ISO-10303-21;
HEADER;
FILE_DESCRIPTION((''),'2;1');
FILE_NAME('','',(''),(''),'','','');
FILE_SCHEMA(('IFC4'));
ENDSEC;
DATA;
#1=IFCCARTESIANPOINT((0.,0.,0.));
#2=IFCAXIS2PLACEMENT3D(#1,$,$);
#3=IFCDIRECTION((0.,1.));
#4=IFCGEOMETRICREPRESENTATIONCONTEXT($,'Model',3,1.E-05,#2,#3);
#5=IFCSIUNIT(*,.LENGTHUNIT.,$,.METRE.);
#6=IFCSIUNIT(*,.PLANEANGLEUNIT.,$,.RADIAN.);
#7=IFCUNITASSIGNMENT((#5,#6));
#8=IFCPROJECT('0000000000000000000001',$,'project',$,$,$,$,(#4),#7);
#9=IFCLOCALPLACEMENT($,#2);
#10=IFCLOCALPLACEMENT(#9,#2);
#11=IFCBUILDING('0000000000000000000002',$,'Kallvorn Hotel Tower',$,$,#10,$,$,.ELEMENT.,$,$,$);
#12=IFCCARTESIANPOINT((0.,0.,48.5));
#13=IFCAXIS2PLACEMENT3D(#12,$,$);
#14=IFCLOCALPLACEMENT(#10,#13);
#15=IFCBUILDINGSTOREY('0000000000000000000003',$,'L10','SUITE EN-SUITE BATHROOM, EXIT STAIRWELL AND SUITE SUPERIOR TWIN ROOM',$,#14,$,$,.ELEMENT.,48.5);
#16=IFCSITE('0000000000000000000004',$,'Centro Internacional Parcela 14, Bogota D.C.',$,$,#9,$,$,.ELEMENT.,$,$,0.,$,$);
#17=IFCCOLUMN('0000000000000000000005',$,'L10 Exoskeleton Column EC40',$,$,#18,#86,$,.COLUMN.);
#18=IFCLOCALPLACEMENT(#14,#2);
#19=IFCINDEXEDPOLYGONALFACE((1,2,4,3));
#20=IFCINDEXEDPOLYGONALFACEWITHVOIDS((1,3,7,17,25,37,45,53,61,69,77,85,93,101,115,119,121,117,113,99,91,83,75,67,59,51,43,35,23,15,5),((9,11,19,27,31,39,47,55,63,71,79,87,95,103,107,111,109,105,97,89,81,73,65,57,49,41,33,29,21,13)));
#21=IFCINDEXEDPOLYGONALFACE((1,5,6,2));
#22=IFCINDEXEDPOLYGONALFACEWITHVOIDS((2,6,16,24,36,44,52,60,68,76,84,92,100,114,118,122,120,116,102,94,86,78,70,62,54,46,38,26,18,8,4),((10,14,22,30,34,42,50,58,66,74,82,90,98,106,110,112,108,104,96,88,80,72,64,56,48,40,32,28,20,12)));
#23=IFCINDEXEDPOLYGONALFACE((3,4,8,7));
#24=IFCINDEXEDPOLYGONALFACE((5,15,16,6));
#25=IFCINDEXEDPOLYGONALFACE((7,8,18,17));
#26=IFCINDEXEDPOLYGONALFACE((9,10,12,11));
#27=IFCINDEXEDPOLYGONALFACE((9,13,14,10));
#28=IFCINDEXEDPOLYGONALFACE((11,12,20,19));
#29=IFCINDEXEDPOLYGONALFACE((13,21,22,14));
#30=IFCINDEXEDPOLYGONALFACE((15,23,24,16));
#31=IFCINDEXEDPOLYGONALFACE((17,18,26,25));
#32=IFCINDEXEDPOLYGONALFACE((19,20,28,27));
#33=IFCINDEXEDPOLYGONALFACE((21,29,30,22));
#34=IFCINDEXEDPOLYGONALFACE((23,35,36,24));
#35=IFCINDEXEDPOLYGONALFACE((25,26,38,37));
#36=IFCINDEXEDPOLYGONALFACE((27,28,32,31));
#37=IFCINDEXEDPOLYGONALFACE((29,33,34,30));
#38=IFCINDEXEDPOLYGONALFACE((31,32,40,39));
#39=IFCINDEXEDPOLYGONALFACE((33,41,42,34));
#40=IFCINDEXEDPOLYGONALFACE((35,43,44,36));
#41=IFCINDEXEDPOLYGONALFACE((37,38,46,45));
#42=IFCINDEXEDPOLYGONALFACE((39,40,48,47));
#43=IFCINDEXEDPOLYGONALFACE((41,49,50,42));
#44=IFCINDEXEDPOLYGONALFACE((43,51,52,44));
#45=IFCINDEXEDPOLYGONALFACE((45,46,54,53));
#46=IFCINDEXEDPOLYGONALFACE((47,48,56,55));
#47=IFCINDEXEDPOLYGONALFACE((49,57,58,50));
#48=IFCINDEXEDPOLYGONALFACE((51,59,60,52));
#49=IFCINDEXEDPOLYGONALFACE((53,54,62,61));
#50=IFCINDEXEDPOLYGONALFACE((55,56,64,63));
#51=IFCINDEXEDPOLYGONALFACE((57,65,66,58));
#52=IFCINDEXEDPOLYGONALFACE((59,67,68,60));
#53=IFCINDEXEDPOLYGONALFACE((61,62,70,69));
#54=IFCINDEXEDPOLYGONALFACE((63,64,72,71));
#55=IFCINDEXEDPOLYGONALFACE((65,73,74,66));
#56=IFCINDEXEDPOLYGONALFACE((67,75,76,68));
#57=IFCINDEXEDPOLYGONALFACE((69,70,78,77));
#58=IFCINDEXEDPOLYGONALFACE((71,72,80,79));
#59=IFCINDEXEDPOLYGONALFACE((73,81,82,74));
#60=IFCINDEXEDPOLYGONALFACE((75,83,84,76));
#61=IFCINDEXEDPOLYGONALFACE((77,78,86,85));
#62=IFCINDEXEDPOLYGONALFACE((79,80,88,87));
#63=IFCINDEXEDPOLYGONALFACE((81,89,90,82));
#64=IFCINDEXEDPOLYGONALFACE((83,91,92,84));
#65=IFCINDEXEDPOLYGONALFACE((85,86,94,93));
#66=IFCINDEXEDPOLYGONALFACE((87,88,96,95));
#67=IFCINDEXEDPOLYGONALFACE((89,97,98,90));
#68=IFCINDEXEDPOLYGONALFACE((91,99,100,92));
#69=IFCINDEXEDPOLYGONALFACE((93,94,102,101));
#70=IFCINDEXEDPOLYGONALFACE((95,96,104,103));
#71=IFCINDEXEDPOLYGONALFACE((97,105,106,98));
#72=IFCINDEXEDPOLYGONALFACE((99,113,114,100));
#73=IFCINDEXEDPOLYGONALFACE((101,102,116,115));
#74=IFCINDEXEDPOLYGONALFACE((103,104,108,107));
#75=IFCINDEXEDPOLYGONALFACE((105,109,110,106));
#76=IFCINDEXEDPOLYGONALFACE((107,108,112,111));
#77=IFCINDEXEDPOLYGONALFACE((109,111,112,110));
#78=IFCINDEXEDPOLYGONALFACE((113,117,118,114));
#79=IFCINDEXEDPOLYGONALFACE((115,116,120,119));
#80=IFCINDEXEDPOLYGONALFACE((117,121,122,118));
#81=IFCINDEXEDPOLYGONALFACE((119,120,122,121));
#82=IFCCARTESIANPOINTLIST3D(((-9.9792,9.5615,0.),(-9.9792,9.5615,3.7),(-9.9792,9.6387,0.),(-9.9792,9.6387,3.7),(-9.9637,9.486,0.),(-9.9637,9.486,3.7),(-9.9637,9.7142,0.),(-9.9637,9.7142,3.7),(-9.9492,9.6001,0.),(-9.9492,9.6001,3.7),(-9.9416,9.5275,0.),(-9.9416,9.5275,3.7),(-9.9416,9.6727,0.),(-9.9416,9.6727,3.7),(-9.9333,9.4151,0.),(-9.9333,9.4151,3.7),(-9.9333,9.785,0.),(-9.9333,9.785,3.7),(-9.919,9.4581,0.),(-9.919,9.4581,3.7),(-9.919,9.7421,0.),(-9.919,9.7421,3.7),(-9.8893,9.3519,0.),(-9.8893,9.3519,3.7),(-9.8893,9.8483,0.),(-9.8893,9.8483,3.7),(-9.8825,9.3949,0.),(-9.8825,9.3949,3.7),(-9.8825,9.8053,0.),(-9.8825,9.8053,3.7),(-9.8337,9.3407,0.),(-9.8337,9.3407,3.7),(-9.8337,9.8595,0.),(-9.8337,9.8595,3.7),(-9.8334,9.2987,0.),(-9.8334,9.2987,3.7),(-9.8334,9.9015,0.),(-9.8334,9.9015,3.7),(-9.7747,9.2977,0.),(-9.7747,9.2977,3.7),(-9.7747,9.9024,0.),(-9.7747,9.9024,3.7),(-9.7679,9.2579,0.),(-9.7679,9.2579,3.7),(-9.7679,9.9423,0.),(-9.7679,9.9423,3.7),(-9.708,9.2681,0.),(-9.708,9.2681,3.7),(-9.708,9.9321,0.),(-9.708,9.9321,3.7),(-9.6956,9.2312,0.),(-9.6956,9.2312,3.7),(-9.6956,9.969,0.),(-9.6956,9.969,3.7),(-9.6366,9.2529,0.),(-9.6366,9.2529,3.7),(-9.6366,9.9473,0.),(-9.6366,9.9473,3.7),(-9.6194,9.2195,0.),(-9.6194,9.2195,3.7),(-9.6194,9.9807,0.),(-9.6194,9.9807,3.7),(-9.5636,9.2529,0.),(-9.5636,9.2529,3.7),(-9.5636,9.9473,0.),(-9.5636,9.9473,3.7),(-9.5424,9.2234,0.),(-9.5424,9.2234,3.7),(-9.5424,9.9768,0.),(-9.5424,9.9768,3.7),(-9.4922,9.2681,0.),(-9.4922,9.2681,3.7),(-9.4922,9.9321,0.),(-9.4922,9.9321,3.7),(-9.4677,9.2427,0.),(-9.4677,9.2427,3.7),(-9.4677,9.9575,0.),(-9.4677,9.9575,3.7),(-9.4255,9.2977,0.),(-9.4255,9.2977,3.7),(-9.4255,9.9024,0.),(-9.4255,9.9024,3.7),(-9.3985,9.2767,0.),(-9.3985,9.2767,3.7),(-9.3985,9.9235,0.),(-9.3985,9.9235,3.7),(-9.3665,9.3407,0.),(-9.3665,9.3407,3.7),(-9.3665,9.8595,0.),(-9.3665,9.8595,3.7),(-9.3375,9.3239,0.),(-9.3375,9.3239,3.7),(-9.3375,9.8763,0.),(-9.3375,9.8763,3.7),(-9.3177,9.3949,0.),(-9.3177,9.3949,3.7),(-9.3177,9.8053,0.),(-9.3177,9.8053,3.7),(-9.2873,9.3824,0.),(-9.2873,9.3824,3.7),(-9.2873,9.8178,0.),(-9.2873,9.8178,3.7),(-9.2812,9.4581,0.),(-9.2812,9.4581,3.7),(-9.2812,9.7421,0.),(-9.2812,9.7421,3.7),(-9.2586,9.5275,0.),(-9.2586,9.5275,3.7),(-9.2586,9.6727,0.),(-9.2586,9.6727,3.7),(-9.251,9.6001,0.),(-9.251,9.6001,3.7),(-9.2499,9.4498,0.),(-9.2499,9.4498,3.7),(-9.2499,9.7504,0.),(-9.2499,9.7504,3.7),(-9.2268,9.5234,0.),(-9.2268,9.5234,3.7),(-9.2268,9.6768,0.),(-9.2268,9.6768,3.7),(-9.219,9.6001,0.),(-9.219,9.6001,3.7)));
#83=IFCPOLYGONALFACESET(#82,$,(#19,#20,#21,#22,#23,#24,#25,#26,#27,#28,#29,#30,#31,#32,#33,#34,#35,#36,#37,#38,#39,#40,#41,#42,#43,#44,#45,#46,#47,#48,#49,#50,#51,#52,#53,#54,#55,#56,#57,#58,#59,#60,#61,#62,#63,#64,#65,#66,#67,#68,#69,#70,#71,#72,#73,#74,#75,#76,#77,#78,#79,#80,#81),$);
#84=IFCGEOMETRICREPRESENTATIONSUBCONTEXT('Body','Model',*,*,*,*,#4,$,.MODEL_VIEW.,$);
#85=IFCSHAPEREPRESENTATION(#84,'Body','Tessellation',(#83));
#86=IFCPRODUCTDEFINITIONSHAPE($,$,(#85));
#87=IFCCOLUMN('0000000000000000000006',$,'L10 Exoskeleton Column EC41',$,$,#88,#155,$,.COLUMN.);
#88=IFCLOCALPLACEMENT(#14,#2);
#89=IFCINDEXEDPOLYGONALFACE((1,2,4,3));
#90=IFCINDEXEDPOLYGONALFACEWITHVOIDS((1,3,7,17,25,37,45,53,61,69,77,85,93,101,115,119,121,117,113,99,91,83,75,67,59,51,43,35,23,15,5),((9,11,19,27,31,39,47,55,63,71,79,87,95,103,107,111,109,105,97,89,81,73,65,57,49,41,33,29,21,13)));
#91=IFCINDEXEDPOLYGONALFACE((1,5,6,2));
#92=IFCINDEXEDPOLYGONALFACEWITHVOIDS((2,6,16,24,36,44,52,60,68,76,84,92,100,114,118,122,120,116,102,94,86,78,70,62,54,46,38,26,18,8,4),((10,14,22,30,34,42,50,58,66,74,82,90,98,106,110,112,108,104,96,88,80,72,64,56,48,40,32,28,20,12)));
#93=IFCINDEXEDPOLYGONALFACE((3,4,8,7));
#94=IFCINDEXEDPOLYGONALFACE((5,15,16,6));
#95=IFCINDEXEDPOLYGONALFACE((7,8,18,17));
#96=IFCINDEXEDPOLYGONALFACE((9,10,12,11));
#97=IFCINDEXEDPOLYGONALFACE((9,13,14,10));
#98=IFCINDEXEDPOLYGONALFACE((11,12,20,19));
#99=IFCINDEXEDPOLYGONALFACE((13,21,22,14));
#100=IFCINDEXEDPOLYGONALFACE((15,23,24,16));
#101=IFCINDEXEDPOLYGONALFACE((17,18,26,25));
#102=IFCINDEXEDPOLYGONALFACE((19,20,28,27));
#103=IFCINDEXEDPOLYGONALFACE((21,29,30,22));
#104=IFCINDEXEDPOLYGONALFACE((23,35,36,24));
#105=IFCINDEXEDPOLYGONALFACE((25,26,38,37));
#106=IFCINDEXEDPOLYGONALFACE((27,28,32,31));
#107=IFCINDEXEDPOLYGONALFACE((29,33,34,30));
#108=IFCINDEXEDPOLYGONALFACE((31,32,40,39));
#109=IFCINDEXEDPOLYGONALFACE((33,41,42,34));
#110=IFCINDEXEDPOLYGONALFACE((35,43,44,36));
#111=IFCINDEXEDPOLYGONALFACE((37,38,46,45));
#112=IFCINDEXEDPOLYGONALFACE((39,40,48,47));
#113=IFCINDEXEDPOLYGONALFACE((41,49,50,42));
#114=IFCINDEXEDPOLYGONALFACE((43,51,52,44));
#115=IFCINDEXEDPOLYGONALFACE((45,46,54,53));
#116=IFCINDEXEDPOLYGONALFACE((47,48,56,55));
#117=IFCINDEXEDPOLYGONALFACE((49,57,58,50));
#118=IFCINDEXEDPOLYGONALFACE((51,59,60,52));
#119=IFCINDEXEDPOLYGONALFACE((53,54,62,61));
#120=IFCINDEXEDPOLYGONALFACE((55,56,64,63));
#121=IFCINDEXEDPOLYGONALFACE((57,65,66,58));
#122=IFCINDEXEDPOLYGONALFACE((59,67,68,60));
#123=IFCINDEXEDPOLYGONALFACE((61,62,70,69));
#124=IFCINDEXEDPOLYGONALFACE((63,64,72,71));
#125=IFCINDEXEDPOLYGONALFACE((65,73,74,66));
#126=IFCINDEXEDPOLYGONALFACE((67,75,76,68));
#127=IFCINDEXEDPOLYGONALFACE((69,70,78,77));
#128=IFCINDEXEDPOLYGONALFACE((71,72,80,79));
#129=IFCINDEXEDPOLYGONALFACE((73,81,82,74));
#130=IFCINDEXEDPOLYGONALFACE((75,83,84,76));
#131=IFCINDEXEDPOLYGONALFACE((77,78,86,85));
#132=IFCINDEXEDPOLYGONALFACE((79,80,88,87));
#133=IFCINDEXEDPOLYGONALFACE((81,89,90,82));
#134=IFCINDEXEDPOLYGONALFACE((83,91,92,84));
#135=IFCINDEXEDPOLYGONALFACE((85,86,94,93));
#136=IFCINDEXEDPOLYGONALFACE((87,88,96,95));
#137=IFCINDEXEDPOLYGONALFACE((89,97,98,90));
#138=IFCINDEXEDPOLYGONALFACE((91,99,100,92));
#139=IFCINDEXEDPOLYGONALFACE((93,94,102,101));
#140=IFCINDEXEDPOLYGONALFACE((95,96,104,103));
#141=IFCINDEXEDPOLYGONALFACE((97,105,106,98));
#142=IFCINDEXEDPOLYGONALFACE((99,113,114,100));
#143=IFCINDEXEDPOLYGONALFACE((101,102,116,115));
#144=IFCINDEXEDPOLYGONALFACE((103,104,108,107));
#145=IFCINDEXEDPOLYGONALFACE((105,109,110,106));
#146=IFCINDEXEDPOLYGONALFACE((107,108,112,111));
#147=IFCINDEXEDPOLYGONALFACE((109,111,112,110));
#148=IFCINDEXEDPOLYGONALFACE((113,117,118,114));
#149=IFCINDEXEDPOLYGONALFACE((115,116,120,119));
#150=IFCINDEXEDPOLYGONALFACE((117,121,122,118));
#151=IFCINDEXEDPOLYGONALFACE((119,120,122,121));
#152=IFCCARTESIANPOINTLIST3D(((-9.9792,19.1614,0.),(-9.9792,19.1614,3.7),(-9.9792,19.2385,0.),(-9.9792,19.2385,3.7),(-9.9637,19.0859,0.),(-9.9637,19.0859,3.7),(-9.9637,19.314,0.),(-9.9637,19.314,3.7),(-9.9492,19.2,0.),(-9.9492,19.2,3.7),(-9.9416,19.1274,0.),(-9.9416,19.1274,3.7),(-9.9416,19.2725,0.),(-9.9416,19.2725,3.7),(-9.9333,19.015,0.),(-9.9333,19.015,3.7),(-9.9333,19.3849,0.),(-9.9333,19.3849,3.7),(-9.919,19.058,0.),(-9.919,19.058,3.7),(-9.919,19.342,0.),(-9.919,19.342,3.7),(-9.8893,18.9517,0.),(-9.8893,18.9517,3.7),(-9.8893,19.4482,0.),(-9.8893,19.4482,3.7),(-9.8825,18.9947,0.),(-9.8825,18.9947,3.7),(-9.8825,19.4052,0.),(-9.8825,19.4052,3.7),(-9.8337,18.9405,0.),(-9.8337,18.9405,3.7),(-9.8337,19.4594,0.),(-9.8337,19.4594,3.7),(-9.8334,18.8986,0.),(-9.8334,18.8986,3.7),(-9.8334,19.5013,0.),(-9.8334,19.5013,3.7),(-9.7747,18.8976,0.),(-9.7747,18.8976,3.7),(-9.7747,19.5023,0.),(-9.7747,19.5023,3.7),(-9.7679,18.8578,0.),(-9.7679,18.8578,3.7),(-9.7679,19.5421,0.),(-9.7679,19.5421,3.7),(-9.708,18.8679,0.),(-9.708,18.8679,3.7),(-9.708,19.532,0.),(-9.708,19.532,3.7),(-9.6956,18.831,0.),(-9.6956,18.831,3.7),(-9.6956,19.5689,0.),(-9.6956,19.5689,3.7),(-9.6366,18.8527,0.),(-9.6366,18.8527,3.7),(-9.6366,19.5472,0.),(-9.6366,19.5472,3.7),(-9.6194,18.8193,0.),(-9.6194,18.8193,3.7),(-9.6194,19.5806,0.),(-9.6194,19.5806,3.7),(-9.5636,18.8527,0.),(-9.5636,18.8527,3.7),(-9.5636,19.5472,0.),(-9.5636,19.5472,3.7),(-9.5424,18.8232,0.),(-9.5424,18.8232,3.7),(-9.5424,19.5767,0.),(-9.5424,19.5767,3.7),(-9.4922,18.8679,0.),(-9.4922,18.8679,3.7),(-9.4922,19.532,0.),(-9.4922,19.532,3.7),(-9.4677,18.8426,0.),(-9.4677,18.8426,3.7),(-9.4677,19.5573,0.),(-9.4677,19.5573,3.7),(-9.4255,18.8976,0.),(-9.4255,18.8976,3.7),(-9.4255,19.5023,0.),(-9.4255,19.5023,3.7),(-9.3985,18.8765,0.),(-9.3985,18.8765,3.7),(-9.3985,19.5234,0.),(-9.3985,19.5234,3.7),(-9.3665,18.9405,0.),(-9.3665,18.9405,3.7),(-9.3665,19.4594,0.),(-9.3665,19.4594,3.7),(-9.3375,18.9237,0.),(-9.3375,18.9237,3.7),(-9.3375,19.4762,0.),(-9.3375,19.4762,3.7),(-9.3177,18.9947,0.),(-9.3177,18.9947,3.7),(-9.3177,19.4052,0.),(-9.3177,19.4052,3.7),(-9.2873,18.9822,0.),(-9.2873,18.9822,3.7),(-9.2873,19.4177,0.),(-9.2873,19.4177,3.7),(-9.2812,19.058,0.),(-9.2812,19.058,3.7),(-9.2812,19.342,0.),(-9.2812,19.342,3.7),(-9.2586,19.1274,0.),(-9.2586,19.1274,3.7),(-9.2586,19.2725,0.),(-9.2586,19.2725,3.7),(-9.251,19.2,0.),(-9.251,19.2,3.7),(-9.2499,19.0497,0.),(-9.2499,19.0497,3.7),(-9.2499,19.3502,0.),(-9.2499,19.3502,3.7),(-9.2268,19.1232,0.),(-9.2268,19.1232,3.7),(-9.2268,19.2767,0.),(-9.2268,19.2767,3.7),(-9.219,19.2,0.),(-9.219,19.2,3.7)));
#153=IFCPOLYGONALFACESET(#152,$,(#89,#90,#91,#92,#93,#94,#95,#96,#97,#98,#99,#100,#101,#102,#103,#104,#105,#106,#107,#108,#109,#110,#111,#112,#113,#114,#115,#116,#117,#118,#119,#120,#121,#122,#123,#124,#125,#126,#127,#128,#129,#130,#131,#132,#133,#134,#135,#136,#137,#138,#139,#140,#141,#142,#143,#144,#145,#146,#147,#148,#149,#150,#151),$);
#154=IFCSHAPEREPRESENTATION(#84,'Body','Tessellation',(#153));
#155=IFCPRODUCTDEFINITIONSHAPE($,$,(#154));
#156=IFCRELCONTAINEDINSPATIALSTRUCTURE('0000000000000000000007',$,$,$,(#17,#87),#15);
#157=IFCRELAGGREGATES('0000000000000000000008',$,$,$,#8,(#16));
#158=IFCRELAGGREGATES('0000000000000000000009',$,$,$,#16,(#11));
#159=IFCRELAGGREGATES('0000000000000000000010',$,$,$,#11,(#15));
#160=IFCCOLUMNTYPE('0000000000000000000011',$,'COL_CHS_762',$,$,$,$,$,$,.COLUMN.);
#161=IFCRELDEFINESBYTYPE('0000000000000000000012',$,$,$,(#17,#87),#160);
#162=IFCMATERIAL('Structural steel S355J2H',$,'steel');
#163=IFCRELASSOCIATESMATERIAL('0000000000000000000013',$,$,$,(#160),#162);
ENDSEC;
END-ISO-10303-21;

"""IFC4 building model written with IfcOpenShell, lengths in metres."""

from ifc_helpers import new_model, si_unit, direction, frame, origin, origin_2d, place, context, subcontext, project, spatial, hollow_circle, extrude, material, material_profile, profile_set, type_object, element, save


model = new_model("IFC4")

# Units and contexts
model_context = context("Model", 3, precision=1e-05, world=origin(), true_north=direction((0.0, 1.0)))
body_context = subcontext(model_context, "Body", "Model", "MODEL_VIEW")
ifc_project = project(units=[si_unit("LENGTHUNIT", "METRE"), si_unit("PLANEANGLEUNIT", "RADIAN")], contexts=[model_context])

# Site, building, storey
site_placement = place(None, origin())
site = spatial("IfcSite", under=ifc_project, at=site_placement, Name="Centro Internacional Parcela 14, Bogota D.C.", CompositionType="ELEMENT", RefElevation=0.0)
building_placement = place(site_placement, origin())
building = spatial("IfcBuilding", under=site, at=building_placement, Name="Kallvorn Hotel Tower", CompositionType="ELEMENT")
storey_placement = place(building_placement, frame((0.0, 0.0, 48.5)))
storey = spatial("IfcBuildingStorey", under=building, at=storey_placement, Name="L10", Description="SUITE EN-SUITE BATHROOM, EXIT STAIRWELL AND SUITE SUPERIOR TWIN ROOM", CompositionType="ELEMENT", Elevation=48.5)

# Columns
ifc_material_1 = material(Name="Structural steel S355J2H", Category="steel")
ifc_material_profile_1 = material_profile(ifc_material_1, hollow_circle(Radius=0.3811, WallThickness=0.032, at=origin_2d()), Name="CHS 762x32")
ifc_profile_set_1 = profile_set([ifc_material_profile_1], Name="Structural steel S355J2H")
column_type_1 = type_object("IfcColumnType", Name="COL_CHS_762", PredefinedType="COLUMN", material=ifc_profile_set_1)
for number, where, z_axis, x_axis, name in (
    (1, (-9.6001, 9.6001, 0.0), (0.0, 0.0, 1.0), (1.0, 0.0, 0.0), "L10 Exoskeleton Column EC40"),
    (2, (-9.6001, 19.2, 0.0), (0.0, 0.0, 1.0), (1.0, 0.0, 0.0), "L10 Exoskeleton Column EC41"),
):
    element("IfcColumn", number, at=place(storey_placement, frame(where, z_axis=z_axis, x_axis=x_axis)), inside=storey, type_object=column_type_1, Name=name, PredefinedType="COLUMN", context=body_context, shape_type="SweptSolid", body=[
        extrude(hollow_circle(Radius=0.3811, WallThickness=0.032, at=origin_2d()), origin(), (0.0, 0.0, 1.0), 3.7),
    ])

save(model, "model.ifc")
